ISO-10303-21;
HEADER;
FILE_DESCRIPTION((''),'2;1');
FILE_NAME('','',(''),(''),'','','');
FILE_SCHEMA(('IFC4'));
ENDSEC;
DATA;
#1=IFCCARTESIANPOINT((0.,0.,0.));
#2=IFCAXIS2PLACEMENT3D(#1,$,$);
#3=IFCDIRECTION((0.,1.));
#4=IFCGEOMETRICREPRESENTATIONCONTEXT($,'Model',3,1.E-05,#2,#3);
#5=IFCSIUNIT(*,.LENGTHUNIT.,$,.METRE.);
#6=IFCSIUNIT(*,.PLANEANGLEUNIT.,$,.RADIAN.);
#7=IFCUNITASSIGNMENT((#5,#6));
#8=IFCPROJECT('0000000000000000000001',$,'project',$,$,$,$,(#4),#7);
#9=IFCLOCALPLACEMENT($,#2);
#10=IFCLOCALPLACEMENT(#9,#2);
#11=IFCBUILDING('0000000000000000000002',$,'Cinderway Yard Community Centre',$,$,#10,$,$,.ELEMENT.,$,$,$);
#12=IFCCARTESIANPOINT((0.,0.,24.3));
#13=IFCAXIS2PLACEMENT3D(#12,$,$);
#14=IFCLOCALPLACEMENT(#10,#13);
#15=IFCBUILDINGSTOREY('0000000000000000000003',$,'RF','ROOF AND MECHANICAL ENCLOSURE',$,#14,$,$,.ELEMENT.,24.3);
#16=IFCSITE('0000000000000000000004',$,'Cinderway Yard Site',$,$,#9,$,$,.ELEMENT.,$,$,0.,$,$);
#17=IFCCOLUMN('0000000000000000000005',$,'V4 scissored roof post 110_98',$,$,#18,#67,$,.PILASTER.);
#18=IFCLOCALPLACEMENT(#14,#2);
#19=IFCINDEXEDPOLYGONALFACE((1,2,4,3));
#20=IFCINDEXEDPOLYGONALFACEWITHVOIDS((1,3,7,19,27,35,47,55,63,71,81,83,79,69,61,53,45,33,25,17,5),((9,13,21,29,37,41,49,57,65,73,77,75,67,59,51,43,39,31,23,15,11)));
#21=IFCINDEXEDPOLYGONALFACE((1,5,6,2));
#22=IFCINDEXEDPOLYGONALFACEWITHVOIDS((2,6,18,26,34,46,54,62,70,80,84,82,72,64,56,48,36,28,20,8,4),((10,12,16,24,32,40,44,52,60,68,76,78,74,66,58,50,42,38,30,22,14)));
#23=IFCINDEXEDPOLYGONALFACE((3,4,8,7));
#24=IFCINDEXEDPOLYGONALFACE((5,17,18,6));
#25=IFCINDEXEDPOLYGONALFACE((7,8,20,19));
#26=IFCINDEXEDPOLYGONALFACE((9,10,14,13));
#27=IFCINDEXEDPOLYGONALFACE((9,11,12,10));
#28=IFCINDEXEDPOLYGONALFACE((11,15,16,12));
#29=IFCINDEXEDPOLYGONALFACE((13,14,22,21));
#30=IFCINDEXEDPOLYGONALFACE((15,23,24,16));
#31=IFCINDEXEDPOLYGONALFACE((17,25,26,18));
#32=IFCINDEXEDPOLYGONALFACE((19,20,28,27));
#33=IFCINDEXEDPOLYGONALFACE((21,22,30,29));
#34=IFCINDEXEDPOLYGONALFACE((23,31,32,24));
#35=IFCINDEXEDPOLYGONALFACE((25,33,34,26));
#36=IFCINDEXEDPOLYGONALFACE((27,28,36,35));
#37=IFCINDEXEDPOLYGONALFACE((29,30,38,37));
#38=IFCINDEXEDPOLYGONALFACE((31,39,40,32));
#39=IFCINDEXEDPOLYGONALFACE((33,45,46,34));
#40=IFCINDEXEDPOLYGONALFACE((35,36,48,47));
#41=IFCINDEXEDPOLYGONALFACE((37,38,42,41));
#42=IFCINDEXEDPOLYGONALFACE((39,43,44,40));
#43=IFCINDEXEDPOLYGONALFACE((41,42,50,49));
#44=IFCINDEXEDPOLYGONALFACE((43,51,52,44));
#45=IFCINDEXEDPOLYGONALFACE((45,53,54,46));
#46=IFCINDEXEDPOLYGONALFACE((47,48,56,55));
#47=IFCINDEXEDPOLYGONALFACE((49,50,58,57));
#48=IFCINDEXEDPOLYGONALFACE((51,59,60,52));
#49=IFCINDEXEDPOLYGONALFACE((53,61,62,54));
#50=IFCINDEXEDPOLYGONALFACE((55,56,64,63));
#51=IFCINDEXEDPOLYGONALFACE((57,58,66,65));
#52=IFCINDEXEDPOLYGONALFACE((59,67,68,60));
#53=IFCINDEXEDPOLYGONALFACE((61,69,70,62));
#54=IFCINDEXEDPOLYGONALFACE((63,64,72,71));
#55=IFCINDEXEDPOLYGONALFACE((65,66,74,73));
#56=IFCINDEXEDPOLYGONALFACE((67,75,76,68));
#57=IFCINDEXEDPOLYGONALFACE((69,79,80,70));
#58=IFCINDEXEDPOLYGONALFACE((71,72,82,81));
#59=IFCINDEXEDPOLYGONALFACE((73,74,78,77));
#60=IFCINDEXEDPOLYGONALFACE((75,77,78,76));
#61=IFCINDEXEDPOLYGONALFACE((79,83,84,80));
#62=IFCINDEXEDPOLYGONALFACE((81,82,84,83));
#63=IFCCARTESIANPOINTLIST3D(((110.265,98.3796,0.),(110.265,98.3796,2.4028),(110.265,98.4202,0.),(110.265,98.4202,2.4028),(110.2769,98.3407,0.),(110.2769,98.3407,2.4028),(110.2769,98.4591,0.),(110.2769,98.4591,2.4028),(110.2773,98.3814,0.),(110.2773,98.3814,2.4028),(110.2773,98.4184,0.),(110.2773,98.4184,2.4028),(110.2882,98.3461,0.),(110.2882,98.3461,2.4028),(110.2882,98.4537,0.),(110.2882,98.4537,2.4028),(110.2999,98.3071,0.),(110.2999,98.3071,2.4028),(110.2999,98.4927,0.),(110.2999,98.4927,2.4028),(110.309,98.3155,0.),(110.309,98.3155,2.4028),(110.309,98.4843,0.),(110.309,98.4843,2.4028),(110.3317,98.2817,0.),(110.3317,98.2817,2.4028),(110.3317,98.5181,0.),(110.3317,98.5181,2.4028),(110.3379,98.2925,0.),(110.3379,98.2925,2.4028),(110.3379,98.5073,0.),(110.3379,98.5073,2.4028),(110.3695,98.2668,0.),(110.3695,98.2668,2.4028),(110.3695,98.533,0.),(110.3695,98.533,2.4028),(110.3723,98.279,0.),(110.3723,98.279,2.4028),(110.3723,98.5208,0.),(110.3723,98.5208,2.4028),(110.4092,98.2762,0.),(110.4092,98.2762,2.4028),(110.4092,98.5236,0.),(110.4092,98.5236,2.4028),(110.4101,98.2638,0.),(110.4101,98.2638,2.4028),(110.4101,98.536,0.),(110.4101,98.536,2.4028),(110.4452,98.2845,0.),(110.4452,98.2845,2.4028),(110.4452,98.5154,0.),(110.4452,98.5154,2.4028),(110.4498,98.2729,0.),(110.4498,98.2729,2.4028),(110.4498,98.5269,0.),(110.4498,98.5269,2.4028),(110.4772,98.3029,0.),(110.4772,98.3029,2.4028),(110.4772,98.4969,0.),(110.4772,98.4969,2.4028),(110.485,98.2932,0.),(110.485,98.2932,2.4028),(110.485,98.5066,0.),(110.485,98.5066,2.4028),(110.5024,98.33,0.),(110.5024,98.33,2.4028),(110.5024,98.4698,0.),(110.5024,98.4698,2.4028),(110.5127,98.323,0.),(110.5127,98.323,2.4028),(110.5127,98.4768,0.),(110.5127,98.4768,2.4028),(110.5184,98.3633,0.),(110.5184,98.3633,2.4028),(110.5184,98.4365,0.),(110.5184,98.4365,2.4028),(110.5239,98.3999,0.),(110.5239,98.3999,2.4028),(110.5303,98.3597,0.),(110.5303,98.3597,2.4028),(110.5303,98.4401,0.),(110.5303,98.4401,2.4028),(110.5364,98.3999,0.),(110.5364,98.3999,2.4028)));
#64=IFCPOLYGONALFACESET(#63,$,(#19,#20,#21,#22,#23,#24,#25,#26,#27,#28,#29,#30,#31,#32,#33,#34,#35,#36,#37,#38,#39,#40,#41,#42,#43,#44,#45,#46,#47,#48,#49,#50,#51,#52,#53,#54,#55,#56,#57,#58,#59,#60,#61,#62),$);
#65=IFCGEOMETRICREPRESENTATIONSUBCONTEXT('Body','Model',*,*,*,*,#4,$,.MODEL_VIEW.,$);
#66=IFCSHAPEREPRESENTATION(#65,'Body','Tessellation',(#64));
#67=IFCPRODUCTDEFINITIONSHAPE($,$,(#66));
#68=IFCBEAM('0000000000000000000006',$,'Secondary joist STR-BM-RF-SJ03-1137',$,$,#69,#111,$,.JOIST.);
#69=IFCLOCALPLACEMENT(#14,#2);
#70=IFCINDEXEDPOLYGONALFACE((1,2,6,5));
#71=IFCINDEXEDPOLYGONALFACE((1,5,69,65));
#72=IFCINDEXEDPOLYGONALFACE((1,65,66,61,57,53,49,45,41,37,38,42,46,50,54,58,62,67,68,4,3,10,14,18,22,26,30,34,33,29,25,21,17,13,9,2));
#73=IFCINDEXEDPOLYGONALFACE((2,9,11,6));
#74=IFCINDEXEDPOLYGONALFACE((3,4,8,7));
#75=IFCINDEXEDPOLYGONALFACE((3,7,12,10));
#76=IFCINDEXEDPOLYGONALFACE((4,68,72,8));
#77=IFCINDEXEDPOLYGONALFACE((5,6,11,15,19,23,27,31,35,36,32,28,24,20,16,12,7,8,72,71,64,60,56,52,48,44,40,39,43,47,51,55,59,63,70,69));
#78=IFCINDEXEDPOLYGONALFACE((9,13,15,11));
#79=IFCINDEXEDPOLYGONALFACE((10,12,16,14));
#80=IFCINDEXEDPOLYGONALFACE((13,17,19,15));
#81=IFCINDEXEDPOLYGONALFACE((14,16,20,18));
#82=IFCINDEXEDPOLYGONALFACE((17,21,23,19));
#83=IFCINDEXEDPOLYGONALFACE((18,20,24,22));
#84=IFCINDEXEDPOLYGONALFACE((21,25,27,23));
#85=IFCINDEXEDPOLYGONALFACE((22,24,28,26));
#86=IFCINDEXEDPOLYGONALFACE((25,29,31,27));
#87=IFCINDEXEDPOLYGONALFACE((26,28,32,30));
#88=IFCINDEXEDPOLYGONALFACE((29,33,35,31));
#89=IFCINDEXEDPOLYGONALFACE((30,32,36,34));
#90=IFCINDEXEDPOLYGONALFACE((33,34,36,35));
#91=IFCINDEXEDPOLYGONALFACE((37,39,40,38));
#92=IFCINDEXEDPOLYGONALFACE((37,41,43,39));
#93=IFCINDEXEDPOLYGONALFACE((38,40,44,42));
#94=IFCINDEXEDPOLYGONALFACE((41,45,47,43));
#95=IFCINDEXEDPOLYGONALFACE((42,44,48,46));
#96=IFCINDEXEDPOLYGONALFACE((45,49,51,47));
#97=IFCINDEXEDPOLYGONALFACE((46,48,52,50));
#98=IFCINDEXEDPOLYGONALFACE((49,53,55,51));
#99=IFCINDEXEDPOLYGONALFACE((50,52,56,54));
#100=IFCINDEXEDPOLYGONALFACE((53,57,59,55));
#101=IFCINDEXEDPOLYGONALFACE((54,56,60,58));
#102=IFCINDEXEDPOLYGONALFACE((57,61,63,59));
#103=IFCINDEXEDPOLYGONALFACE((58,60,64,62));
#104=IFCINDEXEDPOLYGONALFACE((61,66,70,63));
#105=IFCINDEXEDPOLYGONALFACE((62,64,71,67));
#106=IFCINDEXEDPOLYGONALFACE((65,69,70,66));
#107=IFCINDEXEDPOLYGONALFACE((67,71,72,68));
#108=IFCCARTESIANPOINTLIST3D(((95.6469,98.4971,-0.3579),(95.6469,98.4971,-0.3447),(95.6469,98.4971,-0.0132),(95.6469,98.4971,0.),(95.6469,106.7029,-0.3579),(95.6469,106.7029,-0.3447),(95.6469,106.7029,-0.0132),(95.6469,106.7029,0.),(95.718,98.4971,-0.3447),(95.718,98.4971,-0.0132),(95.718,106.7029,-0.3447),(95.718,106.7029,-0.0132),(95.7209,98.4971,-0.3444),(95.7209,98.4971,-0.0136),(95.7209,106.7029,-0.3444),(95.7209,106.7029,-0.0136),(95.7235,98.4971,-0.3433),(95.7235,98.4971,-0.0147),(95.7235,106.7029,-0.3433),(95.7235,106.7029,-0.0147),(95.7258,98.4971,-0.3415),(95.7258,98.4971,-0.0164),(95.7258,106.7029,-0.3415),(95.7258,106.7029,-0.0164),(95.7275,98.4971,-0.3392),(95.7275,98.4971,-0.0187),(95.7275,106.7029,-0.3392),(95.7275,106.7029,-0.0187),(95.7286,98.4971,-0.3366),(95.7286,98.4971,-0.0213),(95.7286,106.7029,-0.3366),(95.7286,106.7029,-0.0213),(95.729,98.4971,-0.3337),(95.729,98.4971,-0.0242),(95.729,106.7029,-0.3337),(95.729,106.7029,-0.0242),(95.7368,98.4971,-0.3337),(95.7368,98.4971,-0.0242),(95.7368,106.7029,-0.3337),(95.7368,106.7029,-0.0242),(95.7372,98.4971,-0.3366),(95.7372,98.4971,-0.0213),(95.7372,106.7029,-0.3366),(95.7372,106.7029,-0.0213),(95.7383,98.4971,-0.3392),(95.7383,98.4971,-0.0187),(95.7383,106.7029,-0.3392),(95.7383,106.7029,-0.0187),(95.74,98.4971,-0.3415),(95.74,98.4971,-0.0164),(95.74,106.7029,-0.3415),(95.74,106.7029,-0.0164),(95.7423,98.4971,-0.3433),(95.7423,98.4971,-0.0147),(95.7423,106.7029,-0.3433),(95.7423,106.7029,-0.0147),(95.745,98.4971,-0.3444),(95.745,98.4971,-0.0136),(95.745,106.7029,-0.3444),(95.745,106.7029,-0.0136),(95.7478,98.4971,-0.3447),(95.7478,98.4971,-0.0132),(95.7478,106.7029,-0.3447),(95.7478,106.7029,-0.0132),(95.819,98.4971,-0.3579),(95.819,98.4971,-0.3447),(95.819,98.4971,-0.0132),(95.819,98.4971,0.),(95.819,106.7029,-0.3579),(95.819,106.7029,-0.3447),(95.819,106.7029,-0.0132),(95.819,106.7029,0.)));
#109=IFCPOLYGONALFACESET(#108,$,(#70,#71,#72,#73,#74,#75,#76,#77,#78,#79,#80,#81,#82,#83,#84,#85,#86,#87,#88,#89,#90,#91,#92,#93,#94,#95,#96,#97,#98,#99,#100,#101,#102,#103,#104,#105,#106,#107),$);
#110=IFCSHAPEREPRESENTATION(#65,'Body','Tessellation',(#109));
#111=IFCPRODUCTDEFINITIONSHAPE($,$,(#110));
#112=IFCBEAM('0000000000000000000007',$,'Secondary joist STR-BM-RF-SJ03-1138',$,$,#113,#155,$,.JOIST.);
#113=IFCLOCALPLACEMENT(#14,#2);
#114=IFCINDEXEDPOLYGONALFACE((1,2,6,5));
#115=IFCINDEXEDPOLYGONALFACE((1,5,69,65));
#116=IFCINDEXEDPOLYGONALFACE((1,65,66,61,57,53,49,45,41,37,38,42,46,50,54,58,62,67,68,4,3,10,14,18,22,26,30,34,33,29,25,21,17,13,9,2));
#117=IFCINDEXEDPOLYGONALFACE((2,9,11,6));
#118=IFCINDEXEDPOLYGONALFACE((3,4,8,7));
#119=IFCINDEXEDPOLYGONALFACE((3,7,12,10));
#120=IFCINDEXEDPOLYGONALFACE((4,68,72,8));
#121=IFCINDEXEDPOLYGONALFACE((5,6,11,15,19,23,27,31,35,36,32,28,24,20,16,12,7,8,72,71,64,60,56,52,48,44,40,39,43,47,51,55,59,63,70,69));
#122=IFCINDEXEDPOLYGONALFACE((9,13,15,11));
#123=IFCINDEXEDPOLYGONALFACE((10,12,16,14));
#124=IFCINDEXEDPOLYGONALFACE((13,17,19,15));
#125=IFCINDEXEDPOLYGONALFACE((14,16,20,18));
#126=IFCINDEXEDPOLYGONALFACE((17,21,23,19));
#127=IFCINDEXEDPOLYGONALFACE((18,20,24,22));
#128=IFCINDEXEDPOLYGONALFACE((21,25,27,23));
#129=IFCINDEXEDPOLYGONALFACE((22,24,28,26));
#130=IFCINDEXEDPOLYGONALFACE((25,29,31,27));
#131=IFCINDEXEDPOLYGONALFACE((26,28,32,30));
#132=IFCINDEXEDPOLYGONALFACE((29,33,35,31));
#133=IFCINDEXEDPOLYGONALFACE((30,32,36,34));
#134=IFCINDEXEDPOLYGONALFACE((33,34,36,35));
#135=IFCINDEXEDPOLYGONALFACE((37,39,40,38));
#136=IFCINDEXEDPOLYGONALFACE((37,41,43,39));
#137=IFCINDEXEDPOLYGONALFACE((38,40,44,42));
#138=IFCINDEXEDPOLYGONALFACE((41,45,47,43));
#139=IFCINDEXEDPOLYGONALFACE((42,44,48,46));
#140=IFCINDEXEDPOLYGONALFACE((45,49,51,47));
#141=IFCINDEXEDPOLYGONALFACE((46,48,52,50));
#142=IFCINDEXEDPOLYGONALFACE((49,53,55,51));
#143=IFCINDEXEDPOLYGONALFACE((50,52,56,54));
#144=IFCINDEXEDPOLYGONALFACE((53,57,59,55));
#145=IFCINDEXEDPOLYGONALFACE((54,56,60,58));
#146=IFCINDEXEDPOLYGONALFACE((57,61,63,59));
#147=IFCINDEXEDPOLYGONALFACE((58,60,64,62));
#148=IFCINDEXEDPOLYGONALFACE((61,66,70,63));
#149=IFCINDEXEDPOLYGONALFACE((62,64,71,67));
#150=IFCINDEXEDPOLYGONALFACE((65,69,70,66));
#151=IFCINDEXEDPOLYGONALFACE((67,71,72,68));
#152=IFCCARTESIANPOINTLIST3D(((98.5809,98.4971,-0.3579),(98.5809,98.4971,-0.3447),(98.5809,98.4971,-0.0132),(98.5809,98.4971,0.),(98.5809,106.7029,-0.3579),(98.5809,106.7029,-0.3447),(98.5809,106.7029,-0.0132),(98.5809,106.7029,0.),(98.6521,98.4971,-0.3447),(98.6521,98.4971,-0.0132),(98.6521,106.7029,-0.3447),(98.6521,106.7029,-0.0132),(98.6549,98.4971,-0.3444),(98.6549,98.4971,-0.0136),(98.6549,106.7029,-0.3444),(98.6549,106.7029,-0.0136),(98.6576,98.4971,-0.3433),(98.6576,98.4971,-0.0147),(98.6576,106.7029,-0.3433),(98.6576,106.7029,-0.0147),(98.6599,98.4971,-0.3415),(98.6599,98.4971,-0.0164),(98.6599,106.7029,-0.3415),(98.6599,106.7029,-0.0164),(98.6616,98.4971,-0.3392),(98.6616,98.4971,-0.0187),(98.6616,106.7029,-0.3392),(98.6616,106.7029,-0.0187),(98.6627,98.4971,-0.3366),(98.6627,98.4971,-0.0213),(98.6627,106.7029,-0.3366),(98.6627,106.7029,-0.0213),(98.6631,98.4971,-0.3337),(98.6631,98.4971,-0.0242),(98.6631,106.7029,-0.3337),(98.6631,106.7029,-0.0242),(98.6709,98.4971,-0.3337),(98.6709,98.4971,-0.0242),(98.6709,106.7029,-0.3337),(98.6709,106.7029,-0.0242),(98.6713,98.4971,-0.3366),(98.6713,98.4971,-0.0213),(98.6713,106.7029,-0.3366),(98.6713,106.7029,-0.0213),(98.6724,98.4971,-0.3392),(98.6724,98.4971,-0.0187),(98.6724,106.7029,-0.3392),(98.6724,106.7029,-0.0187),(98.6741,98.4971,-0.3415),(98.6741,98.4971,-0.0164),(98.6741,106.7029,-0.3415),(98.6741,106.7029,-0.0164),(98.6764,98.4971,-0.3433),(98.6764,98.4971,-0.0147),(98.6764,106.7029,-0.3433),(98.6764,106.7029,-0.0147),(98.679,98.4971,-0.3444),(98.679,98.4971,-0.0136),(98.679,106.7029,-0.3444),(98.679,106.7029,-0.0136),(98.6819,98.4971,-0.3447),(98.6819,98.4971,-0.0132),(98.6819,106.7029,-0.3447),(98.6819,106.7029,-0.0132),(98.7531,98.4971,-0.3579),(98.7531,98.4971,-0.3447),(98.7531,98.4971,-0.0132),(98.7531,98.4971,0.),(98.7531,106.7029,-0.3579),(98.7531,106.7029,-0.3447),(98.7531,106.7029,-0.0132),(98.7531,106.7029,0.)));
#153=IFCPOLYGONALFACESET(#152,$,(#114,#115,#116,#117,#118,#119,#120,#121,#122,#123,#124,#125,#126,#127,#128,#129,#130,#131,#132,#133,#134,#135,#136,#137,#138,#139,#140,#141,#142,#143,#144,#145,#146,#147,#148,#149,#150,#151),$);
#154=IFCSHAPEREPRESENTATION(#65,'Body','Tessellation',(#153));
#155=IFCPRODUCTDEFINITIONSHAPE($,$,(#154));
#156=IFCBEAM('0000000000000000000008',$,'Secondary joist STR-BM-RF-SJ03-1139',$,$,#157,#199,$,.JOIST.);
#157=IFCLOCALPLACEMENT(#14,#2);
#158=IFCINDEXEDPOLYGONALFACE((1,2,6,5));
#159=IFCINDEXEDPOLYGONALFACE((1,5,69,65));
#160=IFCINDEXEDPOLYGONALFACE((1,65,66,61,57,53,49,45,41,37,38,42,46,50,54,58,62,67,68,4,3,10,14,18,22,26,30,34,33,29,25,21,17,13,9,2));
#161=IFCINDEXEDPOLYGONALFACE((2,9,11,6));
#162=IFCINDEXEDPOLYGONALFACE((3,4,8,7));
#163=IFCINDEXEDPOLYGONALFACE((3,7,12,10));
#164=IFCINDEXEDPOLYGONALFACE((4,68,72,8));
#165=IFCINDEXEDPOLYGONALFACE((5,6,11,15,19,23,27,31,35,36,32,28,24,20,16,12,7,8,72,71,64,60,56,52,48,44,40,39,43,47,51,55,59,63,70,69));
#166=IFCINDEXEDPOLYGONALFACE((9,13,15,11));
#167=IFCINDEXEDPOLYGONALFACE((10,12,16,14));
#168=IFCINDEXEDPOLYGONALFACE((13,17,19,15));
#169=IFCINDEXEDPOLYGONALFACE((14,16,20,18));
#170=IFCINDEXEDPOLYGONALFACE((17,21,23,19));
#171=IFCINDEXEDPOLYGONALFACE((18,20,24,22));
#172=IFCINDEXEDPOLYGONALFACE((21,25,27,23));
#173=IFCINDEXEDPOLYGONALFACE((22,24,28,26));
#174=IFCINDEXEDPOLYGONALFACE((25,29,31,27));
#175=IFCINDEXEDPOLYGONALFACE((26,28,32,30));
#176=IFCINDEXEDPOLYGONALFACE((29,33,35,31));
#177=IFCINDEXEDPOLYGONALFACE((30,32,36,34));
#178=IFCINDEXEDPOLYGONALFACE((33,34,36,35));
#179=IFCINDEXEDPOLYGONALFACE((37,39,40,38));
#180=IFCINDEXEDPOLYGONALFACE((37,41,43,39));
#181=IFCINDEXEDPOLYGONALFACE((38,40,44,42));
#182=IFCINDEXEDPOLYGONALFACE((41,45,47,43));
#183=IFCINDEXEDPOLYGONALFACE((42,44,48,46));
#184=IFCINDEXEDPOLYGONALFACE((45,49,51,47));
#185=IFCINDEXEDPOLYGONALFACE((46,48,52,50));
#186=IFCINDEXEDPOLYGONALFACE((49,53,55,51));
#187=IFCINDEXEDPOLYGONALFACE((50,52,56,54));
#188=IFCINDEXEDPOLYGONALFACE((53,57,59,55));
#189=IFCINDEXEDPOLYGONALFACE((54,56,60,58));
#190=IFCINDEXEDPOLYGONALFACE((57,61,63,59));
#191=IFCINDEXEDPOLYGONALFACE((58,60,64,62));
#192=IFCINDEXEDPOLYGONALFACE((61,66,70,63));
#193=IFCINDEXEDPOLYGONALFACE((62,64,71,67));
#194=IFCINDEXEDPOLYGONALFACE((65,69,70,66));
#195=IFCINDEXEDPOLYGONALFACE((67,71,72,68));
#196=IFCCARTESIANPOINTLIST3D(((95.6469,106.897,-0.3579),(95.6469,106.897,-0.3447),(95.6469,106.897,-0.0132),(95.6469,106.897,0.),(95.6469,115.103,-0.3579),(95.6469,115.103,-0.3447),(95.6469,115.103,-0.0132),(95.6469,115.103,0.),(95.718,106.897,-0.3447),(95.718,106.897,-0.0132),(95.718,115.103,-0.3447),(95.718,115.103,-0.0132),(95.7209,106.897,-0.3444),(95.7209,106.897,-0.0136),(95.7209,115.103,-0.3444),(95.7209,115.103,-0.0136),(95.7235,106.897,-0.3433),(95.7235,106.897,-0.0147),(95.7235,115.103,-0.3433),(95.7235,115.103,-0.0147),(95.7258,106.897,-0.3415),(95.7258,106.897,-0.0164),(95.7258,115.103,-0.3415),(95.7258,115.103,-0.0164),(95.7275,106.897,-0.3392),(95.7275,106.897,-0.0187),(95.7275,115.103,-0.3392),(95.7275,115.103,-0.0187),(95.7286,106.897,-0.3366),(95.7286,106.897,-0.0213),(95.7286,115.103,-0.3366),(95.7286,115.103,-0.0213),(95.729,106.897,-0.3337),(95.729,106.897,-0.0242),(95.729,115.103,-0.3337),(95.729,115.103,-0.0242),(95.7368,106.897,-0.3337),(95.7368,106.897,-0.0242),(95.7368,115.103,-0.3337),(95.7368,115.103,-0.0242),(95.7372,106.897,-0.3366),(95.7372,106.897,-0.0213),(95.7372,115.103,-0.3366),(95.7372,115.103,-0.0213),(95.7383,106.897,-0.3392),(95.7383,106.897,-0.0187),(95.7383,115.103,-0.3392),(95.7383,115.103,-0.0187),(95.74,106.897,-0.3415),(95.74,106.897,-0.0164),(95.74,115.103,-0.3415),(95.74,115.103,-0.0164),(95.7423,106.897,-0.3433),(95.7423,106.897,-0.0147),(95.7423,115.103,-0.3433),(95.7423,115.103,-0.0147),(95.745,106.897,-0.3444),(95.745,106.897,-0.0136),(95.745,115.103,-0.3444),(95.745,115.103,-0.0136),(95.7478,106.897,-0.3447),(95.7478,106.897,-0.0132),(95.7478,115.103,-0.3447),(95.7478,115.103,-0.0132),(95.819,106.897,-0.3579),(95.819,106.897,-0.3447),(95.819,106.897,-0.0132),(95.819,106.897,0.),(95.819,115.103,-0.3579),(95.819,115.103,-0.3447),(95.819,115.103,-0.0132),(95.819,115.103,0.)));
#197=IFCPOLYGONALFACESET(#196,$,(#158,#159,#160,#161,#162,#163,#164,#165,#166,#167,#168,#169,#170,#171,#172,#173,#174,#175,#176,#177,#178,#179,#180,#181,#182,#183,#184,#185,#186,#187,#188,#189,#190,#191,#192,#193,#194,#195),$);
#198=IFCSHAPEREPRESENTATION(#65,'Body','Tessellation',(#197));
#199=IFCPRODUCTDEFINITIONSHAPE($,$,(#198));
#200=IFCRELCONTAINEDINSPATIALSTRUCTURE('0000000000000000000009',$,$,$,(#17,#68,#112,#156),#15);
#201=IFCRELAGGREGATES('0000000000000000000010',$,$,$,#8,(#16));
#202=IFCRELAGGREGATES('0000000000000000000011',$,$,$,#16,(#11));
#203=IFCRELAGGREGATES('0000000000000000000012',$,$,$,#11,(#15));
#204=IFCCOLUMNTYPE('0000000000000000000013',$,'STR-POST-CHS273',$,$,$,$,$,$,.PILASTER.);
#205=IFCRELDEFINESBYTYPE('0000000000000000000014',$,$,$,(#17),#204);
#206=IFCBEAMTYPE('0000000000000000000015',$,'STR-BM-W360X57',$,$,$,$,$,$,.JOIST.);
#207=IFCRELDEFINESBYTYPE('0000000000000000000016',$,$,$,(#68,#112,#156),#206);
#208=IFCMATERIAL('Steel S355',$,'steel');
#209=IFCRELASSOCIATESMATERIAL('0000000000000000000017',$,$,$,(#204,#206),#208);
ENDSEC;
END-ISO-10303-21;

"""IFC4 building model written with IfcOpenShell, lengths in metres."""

from ifc_helpers import new_model, si_unit, direction, frame, origin, origin_2d, place, context, subcontext, project, spatial, hollow_circle, i_section, extrude, material, material_profile, profile_set, type_object, element, save


model = new_model("IFC4")

# Units and contexts
model_context = context("Model", 3, precision=1e-05, world=origin(), true_north=direction((0.0, 1.0)))
body_context = subcontext(model_context, "Body", "Model", "MODEL_VIEW")
ifc_project = project(units=[si_unit("LENGTHUNIT", "METRE"), si_unit("PLANEANGLEUNIT", "RADIAN")], contexts=[model_context])

# Site, building, storey
site_placement = place(None, origin())
site = spatial("IfcSite", under=ifc_project, at=site_placement, Name="Cinderway Yard Site", CompositionType="ELEMENT", RefElevation=0.0)
building_placement = place(site_placement, origin())
building = spatial("IfcBuilding", under=site, at=building_placement, Name="Cinderway Yard Community Centre", CompositionType="ELEMENT")
storey_placement = place(building_placement, frame((0.0, 0.0, 24.3)))
storey = spatial("IfcBuildingStorey", under=building, at=storey_placement, Name="RF", Description="ROOF AND MECHANICAL ENCLOSURE", CompositionType="ELEMENT", Elevation=24.3)

# Column
ifc_material = material(Name="Steel S355", Category="steel")
ifc_material_profile_1 = material_profile(ifc_material, hollow_circle(Radius=0.1365, WallThickness=0.0125, at=origin_2d()), Name="Steel S355")
ifc_profile_set_1 = profile_set([ifc_material_profile_1], Name="Steel S355")
column_type = type_object("IfcColumnType", Name="STR-POST-CHS273", PredefinedType="PILASTER", material=ifc_profile_set_1)
column_1_placement = place(storey_placement, frame((110.3999, 98.3999, 0.0), z_axis=(0.0, 0.0, 1.0), x_axis=(1.0, 0.0, 0.0)))
element("IfcColumn", 1, at=column_1_placement, inside=storey, type_object=column_type, Name="V4 scissored roof post 110_98", PredefinedType="PILASTER", context=body_context, shape_type="SweptSolid", body=[
    extrude(hollow_circle(Radius=0.1365, WallThickness=0.0125, at=origin_2d()), origin(), (0.0, 0.0, 1.0), 2.4028),
])

# Beams
ifc_material_profile_2 = material_profile(ifc_material, i_section(OverallWidth=0.1721, OverallDepth=0.3579, WebThickness=0.0078, FlangeThickness=0.0132, FilletRadius=0.011, at=origin_2d()), Name="Steel S355")
ifc_profile_set_2 = profile_set([ifc_material_profile_2], Name="Steel S355")
beam_type_1 = type_object("IfcBeamType", Name="STR-BM-W360X57", PredefinedType="JOIST", material=ifc_profile_set_2)
for number, where, z_axis, x_axis, name in (
    (2, (95.7329, 98.4971, -0.179), (0.0, 1.0, 0.0), (-1.0, 0.0, 0.0), "Secondary joist STR-BM-RF-SJ03-1137"),
    (3, (98.667, 98.4971, -0.179), (0.0, 1.0, 0.0), (-1.0, 0.0, 0.0), "Secondary joist STR-BM-RF-SJ03-1138"),
):
    element("IfcBeam", number, at=place(storey_placement, frame(where, z_axis=z_axis, x_axis=x_axis)), inside=storey, type_object=beam_type_1, Name=name, PredefinedType="JOIST", context=body_context, shape_type="SweptSolid", body=[
        extrude(i_section(OverallWidth=0.1721, OverallDepth=0.3579, WebThickness=0.0078, FlangeThickness=0.0132, FilletRadius=0.011, at=origin_2d()), origin(), (0.0, 0.0, 1.0), 8.2058),
    ])
for number, where, z_axis, x_axis, name in (
    (4, (95.7329, 106.897, -0.179), (0.0, 1.0, 0.0), (-1.0, 0.0, 0.0), "Secondary joist STR-BM-RF-SJ03-1139"),
):
    element("IfcBeam", number, at=place(storey_placement, frame(where, z_axis=z_axis, x_axis=x_axis)), inside=storey, type_object=beam_type_1, Name=name, PredefinedType="JOIST", context=body_context, shape_type="SweptSolid", body=[
        extrude(i_section(OverallWidth=0.1721, OverallDepth=0.3579, WebThickness=0.0078, FlangeThickness=0.0132, FilletRadius=0.011, at=origin_2d()), origin(), (0.0, 0.0, 1.0), 8.2061),
    ])

save(model, "model.ifc")
